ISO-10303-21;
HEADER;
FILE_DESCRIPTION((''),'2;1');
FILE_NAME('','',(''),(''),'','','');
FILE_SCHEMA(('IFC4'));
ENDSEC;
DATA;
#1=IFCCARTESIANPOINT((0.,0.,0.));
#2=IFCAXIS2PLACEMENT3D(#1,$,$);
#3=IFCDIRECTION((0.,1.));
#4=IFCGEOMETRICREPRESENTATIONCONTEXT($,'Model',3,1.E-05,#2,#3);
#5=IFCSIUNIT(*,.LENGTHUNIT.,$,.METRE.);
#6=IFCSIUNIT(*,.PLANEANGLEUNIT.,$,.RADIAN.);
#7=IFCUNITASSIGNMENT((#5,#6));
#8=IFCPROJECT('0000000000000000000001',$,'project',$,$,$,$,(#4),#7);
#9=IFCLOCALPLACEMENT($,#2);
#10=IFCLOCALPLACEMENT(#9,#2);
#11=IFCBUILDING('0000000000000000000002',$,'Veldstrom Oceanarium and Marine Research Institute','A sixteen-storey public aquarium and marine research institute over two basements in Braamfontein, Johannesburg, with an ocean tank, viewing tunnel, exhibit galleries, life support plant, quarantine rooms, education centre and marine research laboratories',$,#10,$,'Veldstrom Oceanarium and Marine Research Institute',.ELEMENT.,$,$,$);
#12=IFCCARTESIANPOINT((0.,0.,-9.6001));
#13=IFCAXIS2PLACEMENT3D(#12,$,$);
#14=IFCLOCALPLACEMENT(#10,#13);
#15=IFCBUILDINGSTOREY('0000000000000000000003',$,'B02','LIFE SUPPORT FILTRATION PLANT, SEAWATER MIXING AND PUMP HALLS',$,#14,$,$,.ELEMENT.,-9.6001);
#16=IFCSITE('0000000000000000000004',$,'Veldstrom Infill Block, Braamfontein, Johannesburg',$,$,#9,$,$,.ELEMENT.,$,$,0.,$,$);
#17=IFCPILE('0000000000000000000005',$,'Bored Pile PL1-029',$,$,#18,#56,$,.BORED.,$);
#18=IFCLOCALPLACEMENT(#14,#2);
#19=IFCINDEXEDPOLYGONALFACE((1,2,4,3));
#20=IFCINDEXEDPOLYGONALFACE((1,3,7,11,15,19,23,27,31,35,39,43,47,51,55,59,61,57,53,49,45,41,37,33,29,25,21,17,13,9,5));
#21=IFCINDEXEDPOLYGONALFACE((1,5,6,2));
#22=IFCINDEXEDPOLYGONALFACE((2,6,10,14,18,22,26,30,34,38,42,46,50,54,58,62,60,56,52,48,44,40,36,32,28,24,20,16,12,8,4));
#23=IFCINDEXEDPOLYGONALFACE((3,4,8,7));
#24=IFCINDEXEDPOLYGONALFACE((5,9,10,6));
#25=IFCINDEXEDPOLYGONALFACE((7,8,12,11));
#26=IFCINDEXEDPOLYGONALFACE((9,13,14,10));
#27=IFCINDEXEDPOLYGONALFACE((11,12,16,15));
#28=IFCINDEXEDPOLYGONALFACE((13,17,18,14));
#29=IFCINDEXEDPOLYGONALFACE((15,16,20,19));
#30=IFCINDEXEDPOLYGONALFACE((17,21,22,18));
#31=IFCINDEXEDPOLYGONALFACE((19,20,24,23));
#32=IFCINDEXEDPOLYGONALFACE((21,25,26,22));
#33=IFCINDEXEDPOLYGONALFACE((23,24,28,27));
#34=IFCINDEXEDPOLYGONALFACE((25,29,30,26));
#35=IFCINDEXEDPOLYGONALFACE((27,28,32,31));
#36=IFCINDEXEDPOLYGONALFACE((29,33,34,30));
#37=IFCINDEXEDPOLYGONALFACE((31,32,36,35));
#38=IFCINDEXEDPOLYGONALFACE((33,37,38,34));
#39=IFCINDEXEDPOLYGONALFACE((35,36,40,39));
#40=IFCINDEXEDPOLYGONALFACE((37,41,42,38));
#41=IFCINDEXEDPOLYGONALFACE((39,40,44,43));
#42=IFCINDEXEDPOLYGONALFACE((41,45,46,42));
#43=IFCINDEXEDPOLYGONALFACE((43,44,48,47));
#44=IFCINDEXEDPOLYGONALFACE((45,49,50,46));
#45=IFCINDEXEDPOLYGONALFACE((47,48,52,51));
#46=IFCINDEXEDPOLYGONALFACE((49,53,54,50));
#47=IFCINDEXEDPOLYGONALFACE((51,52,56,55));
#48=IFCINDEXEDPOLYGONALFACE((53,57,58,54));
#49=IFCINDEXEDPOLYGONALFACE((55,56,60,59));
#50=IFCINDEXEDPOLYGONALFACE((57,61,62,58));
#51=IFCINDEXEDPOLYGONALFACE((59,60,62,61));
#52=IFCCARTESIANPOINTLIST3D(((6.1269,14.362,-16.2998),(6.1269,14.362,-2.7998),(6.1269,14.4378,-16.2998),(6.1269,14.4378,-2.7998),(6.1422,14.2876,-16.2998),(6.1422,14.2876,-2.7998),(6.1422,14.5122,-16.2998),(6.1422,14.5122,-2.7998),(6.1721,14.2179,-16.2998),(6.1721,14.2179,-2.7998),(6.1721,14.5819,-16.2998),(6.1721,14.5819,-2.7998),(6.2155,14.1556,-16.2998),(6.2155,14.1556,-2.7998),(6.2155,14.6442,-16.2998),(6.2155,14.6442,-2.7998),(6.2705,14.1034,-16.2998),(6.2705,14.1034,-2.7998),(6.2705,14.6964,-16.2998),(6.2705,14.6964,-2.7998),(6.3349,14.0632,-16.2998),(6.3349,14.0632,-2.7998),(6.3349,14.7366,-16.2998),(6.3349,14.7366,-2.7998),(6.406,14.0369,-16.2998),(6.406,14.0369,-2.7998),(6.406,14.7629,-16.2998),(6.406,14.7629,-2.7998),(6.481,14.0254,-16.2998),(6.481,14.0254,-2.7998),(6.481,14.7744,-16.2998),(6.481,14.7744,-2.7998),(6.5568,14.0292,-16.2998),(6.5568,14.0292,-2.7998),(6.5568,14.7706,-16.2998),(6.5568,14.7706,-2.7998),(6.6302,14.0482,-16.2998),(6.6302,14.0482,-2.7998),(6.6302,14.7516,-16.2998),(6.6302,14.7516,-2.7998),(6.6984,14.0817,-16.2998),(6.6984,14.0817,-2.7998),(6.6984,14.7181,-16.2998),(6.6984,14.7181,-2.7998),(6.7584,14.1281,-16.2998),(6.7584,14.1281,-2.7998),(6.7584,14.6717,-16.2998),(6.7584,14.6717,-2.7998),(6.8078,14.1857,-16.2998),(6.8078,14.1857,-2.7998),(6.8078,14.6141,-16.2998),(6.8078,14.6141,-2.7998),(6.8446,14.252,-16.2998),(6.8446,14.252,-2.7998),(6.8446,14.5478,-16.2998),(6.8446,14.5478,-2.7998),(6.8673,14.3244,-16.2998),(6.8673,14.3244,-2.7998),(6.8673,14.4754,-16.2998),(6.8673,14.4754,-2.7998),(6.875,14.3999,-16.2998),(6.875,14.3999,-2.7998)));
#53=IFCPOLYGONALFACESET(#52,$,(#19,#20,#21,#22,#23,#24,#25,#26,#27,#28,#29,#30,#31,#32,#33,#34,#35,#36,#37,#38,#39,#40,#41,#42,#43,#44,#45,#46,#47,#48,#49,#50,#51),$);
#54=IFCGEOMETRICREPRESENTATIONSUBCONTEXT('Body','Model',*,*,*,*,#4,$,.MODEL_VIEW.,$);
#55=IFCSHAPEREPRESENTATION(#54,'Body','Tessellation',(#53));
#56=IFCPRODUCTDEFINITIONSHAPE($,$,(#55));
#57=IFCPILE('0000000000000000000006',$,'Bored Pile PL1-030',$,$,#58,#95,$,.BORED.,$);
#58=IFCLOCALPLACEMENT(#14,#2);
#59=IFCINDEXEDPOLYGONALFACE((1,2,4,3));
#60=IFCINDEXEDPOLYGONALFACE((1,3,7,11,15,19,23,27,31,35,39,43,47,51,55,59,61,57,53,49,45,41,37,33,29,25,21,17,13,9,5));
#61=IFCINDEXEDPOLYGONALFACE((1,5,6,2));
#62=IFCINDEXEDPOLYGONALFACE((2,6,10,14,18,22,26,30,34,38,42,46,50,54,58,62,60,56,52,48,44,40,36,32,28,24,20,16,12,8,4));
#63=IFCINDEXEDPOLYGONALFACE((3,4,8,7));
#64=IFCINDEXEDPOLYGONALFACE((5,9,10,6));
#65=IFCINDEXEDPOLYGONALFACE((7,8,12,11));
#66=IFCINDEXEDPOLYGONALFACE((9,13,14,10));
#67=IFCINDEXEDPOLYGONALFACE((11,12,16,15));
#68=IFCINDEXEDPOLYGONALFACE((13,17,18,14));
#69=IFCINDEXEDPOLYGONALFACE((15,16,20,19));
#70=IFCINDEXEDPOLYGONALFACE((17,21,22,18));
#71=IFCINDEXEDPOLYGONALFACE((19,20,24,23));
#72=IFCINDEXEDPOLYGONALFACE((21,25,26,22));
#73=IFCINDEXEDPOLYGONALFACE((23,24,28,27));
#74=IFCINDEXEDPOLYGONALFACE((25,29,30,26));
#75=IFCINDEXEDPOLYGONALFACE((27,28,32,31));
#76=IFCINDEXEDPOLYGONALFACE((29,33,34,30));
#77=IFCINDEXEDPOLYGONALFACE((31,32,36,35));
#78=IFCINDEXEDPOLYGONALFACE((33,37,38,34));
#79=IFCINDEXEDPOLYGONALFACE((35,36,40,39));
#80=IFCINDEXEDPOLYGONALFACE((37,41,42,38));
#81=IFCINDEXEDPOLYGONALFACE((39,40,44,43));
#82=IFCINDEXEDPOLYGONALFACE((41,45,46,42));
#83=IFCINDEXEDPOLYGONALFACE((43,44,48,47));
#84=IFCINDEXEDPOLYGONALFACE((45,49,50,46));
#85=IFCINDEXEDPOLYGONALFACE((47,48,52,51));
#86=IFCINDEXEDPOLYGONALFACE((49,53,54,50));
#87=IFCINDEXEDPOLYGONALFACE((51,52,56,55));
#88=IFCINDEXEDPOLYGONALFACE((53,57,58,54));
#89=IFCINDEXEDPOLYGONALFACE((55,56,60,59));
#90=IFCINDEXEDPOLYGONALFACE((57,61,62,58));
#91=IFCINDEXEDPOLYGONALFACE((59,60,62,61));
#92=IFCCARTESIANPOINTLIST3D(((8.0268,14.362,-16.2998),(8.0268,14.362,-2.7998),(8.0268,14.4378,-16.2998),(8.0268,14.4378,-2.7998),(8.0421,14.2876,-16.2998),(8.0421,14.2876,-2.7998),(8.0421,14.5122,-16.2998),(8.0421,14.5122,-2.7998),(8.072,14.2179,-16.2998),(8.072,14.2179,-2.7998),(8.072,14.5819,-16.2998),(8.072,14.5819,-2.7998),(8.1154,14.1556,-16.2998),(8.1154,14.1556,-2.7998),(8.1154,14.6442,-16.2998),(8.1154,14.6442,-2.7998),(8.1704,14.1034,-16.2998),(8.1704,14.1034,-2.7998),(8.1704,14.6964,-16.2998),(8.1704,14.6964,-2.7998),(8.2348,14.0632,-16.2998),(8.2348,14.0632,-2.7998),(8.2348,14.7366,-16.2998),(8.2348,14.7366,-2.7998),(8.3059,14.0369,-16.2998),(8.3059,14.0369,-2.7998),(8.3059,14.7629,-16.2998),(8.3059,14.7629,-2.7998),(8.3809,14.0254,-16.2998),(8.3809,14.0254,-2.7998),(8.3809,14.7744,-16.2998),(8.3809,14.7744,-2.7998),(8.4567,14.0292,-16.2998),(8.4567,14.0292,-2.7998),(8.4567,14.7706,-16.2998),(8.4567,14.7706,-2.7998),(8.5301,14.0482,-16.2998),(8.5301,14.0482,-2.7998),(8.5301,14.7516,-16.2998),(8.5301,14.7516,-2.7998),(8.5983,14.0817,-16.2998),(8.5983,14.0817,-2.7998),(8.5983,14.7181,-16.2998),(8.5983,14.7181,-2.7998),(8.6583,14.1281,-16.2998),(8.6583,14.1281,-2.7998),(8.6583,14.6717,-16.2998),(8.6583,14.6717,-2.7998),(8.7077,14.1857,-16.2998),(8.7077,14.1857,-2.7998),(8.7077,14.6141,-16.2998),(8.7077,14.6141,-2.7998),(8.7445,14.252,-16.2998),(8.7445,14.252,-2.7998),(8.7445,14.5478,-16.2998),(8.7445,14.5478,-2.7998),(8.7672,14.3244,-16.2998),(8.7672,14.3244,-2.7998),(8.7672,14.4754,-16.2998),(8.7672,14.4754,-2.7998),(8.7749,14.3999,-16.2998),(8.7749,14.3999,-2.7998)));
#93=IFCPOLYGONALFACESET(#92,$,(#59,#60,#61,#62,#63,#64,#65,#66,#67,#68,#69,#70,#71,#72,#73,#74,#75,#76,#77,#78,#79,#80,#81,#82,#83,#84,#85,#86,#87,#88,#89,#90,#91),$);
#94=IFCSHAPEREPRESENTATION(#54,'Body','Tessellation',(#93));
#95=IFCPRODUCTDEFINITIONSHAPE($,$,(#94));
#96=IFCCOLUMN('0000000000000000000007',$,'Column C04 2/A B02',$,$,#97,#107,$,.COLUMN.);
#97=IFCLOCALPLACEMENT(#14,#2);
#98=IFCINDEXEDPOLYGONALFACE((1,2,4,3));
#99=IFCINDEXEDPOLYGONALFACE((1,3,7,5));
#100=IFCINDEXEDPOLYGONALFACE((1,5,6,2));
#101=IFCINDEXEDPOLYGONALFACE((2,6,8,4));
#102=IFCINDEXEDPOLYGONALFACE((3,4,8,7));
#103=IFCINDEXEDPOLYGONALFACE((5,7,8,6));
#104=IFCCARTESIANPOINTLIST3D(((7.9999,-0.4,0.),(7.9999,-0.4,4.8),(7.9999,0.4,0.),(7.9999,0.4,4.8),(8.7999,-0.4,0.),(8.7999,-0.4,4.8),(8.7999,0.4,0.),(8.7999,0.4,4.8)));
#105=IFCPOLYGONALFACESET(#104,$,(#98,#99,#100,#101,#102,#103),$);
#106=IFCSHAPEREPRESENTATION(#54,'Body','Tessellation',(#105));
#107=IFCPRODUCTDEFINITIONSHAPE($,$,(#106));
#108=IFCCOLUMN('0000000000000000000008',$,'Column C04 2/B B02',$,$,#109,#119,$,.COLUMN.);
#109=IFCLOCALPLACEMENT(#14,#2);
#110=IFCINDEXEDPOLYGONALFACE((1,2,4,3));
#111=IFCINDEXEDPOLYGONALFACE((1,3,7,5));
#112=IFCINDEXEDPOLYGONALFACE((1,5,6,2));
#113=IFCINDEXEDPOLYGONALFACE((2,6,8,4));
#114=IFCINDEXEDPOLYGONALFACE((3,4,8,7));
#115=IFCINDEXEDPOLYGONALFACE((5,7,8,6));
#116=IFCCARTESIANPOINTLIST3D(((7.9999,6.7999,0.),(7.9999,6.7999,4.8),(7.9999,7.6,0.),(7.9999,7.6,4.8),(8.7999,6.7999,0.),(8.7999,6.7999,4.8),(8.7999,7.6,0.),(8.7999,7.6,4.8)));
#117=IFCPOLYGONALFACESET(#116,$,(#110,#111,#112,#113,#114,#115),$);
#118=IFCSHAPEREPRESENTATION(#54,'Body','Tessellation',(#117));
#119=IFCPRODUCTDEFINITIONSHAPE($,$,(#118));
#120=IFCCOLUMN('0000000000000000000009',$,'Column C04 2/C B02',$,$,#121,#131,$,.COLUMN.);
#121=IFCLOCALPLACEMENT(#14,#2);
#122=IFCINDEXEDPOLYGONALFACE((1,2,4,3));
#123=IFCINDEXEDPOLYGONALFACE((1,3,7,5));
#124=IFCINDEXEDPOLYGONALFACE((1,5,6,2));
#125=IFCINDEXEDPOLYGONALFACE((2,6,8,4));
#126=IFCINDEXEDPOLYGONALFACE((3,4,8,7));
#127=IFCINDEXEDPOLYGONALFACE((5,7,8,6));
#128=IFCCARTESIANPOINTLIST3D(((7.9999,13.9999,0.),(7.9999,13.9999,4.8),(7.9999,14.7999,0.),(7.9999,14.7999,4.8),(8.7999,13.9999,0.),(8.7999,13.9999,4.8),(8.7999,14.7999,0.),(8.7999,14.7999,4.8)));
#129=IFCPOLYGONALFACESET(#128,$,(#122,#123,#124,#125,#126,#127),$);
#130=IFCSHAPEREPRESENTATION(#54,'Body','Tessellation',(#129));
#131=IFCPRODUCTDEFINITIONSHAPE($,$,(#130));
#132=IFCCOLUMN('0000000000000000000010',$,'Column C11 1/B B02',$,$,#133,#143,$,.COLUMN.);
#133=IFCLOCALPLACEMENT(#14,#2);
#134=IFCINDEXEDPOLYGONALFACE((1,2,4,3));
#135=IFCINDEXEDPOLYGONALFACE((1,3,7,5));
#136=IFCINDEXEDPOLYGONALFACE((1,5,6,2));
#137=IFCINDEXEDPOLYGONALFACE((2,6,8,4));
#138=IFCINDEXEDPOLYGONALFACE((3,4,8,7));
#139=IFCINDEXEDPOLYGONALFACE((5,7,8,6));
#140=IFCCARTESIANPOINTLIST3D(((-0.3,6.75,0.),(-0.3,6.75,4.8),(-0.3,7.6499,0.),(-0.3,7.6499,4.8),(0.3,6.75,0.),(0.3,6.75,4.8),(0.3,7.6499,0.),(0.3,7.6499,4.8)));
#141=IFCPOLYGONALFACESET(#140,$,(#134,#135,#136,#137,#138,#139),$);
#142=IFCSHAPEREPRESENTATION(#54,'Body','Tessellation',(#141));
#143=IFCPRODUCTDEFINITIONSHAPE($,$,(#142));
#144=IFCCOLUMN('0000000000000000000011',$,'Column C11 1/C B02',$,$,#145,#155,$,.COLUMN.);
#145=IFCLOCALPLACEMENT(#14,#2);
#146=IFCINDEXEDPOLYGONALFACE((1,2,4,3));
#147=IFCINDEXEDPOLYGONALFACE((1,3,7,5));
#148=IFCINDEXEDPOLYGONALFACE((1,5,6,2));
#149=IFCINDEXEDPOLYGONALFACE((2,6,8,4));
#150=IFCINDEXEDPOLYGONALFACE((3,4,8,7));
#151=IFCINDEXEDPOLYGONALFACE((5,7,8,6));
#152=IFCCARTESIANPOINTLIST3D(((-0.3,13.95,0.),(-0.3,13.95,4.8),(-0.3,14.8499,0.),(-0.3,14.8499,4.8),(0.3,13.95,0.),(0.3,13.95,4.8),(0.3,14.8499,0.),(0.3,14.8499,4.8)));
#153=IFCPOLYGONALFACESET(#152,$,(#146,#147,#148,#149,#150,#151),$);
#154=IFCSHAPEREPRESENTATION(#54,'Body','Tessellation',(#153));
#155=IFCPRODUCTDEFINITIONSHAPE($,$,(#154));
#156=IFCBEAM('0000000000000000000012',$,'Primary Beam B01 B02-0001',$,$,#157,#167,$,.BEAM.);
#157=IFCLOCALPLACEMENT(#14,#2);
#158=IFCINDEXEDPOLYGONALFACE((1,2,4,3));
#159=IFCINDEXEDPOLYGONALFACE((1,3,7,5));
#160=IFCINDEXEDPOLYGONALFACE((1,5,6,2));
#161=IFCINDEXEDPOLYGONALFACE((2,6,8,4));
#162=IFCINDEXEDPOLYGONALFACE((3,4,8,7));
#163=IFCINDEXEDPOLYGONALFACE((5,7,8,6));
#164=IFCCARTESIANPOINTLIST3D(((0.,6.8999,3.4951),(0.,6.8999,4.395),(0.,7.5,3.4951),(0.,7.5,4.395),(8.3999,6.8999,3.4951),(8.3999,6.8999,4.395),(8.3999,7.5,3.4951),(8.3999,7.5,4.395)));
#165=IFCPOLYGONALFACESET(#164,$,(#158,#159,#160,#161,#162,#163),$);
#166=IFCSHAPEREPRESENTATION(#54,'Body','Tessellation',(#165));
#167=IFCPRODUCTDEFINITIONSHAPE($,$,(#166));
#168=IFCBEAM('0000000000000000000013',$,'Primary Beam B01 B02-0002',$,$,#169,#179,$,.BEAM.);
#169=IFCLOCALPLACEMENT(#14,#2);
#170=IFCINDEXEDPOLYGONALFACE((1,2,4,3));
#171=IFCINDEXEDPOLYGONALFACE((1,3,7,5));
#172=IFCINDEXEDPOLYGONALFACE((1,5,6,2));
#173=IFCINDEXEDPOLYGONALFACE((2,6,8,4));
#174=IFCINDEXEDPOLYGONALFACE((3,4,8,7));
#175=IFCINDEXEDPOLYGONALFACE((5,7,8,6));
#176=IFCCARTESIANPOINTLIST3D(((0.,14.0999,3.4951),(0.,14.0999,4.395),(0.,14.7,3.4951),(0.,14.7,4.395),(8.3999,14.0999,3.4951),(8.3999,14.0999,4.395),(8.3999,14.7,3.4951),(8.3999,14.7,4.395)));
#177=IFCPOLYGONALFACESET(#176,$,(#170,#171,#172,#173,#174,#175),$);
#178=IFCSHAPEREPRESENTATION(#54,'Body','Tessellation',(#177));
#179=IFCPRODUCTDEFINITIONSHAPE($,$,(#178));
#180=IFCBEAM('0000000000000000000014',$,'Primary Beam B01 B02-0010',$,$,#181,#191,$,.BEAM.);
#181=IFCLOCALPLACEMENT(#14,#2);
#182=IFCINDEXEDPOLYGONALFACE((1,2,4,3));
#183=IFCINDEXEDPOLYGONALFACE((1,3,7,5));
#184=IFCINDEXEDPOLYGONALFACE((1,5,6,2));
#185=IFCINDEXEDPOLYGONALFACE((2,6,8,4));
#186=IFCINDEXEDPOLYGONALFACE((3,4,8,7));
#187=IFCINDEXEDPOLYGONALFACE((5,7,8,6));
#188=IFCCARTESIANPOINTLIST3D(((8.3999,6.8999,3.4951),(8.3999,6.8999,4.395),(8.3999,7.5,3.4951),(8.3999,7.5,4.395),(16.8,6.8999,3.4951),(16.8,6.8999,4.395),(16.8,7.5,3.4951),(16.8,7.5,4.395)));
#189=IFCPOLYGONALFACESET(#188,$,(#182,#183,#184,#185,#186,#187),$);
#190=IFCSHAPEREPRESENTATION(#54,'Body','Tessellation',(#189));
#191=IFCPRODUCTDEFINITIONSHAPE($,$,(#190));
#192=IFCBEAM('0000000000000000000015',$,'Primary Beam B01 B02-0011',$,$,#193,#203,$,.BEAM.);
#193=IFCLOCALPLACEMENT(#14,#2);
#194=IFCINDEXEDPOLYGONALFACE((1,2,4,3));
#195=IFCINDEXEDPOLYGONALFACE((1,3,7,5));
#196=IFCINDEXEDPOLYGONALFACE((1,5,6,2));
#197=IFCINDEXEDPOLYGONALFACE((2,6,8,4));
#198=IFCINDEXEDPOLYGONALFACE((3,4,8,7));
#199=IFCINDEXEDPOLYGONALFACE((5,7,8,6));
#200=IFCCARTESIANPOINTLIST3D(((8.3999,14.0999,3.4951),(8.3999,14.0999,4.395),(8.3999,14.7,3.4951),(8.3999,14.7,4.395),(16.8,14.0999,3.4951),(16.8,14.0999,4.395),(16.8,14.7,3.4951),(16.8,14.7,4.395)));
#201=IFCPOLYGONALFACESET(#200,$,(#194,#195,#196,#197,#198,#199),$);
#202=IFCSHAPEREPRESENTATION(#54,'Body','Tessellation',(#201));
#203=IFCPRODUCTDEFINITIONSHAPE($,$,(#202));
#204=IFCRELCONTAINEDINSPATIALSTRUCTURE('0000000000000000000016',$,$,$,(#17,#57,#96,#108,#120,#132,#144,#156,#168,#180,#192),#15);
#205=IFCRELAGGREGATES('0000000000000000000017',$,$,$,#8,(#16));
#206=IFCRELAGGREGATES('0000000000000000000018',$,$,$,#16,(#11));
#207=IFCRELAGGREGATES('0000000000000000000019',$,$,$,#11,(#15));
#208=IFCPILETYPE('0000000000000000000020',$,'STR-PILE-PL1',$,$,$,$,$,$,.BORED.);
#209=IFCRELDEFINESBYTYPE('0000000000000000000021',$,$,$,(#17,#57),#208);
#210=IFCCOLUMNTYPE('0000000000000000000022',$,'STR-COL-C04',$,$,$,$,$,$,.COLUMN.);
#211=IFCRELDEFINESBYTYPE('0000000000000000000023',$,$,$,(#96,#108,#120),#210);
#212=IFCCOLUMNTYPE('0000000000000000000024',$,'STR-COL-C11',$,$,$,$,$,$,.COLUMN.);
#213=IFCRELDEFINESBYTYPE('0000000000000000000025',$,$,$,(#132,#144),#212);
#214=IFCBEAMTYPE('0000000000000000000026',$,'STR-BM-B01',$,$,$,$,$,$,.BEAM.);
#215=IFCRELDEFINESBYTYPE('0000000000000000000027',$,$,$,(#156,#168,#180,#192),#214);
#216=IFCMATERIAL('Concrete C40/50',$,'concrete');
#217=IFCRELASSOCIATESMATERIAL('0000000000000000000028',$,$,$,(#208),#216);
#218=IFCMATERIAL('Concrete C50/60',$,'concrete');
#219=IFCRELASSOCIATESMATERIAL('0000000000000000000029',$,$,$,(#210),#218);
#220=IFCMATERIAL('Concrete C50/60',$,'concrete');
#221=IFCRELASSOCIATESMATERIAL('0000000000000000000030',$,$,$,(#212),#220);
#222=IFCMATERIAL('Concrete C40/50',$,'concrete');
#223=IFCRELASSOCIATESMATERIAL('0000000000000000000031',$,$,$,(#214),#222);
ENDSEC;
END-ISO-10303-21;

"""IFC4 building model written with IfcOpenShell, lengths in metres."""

from ifc_helpers import new_model, si_unit, direction, frame, origin, origin_2d, place, context, subcontext, project, spatial, rectangle, circle, extrude, material, material_profile, profile_set, type_object, element, save


model = new_model("IFC4")

# Units and contexts
model_context = context("Model", 3, precision=1e-05, world=origin(), true_north=direction((0.0, 1.0)))
body_context = subcontext(model_context, "Body", "Model", "MODEL_VIEW")
ifc_project = project(units=[si_unit("LENGTHUNIT", "METRE"), si_unit("PLANEANGLEUNIT", "RADIAN")], contexts=[model_context])

# Site, building, storey
site_placement = place(None, origin())
site = spatial("IfcSite", under=ifc_project, at=site_placement, Name="Veldstrom Infill Block, Braamfontein, Johannesburg", CompositionType="ELEMENT", RefElevation=0.0)
building_placement = place(site_placement, origin())
building = spatial("IfcBuilding", under=site, at=building_placement, Name="Veldstrom Oceanarium and Marine Research Institute", Description="A sixteen-storey public aquarium and marine research institute over two basements in Braamfontein, Johannesburg, with an ocean tank, viewing tunnel, exhibit galleries, life support plant, quarantine rooms, education centre and marine research laboratories", LongName="Veldstrom Oceanarium and Marine Research Institute", CompositionType="ELEMENT")
storey_placement = place(building_placement, frame((0.0, 0.0, -9.6001)))
storey = spatial("IfcBuildingStorey", under=building, at=storey_placement, Name="B02", Description="LIFE SUPPORT FILTRATION PLANT, SEAWATER MIXING AND PUMP HALLS", CompositionType="ELEMENT", Elevation=-9.6001)

# Piles
ifc_material_1 = material(Name="Concrete C40/50", Category="concrete")
ifc_material_profile_1 = material_profile(ifc_material_1, circle(Radius=0.375, at=origin_2d()), Name="PILE-D750")
ifc_profile_set_1 = profile_set([ifc_material_profile_1], Name="Concrete C40/50")
pile_type = type_object("IfcPileType", Name="STR-PILE-PL1", PredefinedType="BORED", material=ifc_profile_set_1)
for number, where, z_axis, x_axis, name in (
    (1, (6.5, 14.3999, -2.7998), (0.0, 0.0, -1.0), (1.0, 0.0, 0.0), "Bored Pile PL1-029"),
    (2, (8.3999, 14.3999, -2.7998), (0.0, 0.0, -1.0), (1.0, 0.0, 0.0), "Bored Pile PL1-030"),
):
    element("IfcPile", number, at=place(storey_placement, frame(where, z_axis=z_axis, x_axis=x_axis)), inside=storey, type_object=pile_type, Name=name, PredefinedType="BORED", context=body_context, shape_type="SweptSolid", body=[
        extrude(circle(Radius=0.375, at=origin_2d()), origin(), (0.0, 0.0, 1.0), 13.5),
    ])

# Columns
ifc_material_2 = material(Name="Concrete C50/60", Category="concrete")
ifc_material_profile_2 = material_profile(ifc_material_2, rectangle(XDim=0.8, YDim=0.8, at=origin_2d()), Name="RC-COL-800x800")
ifc_profile_set_2 = profile_set([ifc_material_profile_2], Name="Concrete C50/60")
column_type_1 = type_object("IfcColumnType", Name="STR-COL-C04", PredefinedType="COLUMN", material=ifc_profile_set_2)
for number, where, z_axis, x_axis, name in (
    (3, (8.3999, 0.0, 0.0), (0.0, 0.0, 1.0), (1.0, 0.0, 0.0), "Column C04 2/A B02"),
    (4, (8.3999, 7.2, 0.0), (0.0, 0.0, 1.0), (1.0, 0.0, 0.0), "Column C04 2/B B02"),
    (5, (8.3999, 14.3999, 0.0), (0.0, 0.0, 1.0), (1.0, 0.0, 0.0), "Column C04 2/C B02"),
):
    element("IfcColumn", number, at=place(storey_placement, frame(where, z_axis=z_axis, x_axis=x_axis)), inside=storey, type_object=column_type_1, Name=name, PredefinedType="COLUMN", context=body_context, shape_type="SweptSolid", body=[
        extrude(rectangle(XDim=0.8, YDim=0.8, at=origin_2d()), origin(), (0.0, 0.0, 1.0), 4.8),
    ])
ifc_material_3 = material(Name="Concrete C50/60", Category="concrete")
ifc_material_profile_3 = material_profile(ifc_material_3, rectangle(XDim=0.6001, YDim=0.8999, at=origin_2d()), Name="RC-COL-900x600")
ifc_profile_set_3 = profile_set([ifc_material_profile_3], Name="Concrete C50/60")
column_type_2 = type_object("IfcColumnType", Name="STR-COL-C11", PredefinedType="COLUMN", material=ifc_profile_set_3)
for number, where, z_axis, x_axis, name in (
    (6, (0.0, 7.2, 0.0), (0.0, 0.0, 1.0), (1.0, 0.0, 0.0), "Column C11 1/B B02"),
    (7, (0.0, 14.3999, 0.0), (0.0, 0.0, 1.0), (1.0, 0.0, 0.0), "Column C11 1/C B02"),
):
    element("IfcColumn", number, at=place(storey_placement, frame(where, z_axis=z_axis, x_axis=x_axis)), inside=storey, type_object=column_type_2, Name=name, PredefinedType="COLUMN", context=body_context, shape_type="SweptSolid", body=[
        extrude(rectangle(XDim=0.6001, YDim=0.8999, at=origin_2d()), origin(), (0.0, 0.0, 1.0), 4.8),
    ])

# Beams
ifc_material_4 = material(Name="Concrete C40/50", Category="concrete")
ifc_material_profile_4 = material_profile(ifc_material_4, rectangle(XDim=0.6001, YDim=0.8999, at=origin_2d()), Name="RC-BM-600x900")
ifc_profile_set_4 = profile_set([ifc_material_profile_4], Name="Concrete C40/50")
beam_type_1 = type_object("IfcBeamType", Name="STR-BM-B01", PredefinedType="BEAM", material=ifc_profile_set_4)
for number, where, z_axis, x_axis, name in (
    (8, (0.0, 7.2, 3.9451), (1.0, 0.0, 0.0), (0.0, 1.0, 0.0), "Primary Beam B01 B02-0001"),
    (9, (0.0, 14.3999, 3.9451), (1.0, 0.0, 0.0), (0.0, 1.0, 0.0), "Primary Beam B01 B02-0002"),
):
    element("IfcBeam", number, at=place(storey_placement, frame(where, z_axis=z_axis, x_axis=x_axis)), inside=storey, type_object=beam_type_1, Name=name, PredefinedType="BEAM", context=body_context, shape_type="SweptSolid", body=[
        extrude(rectangle(XDim=0.6001, YDim=0.8999, at=origin_2d()), origin(), (0.0, 0.0, 1.0), 8.3999),
    ])
for number, where, z_axis, x_axis, name in (
    (10, (8.3999, 7.2, 3.9451), (1.0, 0.0, 0.0), (0.0, 1.0, 0.0), "Primary Beam B01 B02-0010"),
    (11, (8.3999, 14.3999, 3.9451), (1.0, 0.0, 0.0), (0.0, 1.0, 0.0), "Primary Beam B01 B02-0011"),
):
    element("IfcBeam", number, at=place(storey_placement, frame(where, z_axis=z_axis, x_axis=x_axis)), inside=storey, type_object=beam_type_1, Name=name, PredefinedType="BEAM", context=body_context, shape_type="SweptSolid", body=[
        extrude(rectangle(XDim=0.6001, YDim=0.8999, at=origin_2d()), origin(), (0.0, 0.0, 1.0), 8.4001),
    ])

save(model, "model.ifc")
